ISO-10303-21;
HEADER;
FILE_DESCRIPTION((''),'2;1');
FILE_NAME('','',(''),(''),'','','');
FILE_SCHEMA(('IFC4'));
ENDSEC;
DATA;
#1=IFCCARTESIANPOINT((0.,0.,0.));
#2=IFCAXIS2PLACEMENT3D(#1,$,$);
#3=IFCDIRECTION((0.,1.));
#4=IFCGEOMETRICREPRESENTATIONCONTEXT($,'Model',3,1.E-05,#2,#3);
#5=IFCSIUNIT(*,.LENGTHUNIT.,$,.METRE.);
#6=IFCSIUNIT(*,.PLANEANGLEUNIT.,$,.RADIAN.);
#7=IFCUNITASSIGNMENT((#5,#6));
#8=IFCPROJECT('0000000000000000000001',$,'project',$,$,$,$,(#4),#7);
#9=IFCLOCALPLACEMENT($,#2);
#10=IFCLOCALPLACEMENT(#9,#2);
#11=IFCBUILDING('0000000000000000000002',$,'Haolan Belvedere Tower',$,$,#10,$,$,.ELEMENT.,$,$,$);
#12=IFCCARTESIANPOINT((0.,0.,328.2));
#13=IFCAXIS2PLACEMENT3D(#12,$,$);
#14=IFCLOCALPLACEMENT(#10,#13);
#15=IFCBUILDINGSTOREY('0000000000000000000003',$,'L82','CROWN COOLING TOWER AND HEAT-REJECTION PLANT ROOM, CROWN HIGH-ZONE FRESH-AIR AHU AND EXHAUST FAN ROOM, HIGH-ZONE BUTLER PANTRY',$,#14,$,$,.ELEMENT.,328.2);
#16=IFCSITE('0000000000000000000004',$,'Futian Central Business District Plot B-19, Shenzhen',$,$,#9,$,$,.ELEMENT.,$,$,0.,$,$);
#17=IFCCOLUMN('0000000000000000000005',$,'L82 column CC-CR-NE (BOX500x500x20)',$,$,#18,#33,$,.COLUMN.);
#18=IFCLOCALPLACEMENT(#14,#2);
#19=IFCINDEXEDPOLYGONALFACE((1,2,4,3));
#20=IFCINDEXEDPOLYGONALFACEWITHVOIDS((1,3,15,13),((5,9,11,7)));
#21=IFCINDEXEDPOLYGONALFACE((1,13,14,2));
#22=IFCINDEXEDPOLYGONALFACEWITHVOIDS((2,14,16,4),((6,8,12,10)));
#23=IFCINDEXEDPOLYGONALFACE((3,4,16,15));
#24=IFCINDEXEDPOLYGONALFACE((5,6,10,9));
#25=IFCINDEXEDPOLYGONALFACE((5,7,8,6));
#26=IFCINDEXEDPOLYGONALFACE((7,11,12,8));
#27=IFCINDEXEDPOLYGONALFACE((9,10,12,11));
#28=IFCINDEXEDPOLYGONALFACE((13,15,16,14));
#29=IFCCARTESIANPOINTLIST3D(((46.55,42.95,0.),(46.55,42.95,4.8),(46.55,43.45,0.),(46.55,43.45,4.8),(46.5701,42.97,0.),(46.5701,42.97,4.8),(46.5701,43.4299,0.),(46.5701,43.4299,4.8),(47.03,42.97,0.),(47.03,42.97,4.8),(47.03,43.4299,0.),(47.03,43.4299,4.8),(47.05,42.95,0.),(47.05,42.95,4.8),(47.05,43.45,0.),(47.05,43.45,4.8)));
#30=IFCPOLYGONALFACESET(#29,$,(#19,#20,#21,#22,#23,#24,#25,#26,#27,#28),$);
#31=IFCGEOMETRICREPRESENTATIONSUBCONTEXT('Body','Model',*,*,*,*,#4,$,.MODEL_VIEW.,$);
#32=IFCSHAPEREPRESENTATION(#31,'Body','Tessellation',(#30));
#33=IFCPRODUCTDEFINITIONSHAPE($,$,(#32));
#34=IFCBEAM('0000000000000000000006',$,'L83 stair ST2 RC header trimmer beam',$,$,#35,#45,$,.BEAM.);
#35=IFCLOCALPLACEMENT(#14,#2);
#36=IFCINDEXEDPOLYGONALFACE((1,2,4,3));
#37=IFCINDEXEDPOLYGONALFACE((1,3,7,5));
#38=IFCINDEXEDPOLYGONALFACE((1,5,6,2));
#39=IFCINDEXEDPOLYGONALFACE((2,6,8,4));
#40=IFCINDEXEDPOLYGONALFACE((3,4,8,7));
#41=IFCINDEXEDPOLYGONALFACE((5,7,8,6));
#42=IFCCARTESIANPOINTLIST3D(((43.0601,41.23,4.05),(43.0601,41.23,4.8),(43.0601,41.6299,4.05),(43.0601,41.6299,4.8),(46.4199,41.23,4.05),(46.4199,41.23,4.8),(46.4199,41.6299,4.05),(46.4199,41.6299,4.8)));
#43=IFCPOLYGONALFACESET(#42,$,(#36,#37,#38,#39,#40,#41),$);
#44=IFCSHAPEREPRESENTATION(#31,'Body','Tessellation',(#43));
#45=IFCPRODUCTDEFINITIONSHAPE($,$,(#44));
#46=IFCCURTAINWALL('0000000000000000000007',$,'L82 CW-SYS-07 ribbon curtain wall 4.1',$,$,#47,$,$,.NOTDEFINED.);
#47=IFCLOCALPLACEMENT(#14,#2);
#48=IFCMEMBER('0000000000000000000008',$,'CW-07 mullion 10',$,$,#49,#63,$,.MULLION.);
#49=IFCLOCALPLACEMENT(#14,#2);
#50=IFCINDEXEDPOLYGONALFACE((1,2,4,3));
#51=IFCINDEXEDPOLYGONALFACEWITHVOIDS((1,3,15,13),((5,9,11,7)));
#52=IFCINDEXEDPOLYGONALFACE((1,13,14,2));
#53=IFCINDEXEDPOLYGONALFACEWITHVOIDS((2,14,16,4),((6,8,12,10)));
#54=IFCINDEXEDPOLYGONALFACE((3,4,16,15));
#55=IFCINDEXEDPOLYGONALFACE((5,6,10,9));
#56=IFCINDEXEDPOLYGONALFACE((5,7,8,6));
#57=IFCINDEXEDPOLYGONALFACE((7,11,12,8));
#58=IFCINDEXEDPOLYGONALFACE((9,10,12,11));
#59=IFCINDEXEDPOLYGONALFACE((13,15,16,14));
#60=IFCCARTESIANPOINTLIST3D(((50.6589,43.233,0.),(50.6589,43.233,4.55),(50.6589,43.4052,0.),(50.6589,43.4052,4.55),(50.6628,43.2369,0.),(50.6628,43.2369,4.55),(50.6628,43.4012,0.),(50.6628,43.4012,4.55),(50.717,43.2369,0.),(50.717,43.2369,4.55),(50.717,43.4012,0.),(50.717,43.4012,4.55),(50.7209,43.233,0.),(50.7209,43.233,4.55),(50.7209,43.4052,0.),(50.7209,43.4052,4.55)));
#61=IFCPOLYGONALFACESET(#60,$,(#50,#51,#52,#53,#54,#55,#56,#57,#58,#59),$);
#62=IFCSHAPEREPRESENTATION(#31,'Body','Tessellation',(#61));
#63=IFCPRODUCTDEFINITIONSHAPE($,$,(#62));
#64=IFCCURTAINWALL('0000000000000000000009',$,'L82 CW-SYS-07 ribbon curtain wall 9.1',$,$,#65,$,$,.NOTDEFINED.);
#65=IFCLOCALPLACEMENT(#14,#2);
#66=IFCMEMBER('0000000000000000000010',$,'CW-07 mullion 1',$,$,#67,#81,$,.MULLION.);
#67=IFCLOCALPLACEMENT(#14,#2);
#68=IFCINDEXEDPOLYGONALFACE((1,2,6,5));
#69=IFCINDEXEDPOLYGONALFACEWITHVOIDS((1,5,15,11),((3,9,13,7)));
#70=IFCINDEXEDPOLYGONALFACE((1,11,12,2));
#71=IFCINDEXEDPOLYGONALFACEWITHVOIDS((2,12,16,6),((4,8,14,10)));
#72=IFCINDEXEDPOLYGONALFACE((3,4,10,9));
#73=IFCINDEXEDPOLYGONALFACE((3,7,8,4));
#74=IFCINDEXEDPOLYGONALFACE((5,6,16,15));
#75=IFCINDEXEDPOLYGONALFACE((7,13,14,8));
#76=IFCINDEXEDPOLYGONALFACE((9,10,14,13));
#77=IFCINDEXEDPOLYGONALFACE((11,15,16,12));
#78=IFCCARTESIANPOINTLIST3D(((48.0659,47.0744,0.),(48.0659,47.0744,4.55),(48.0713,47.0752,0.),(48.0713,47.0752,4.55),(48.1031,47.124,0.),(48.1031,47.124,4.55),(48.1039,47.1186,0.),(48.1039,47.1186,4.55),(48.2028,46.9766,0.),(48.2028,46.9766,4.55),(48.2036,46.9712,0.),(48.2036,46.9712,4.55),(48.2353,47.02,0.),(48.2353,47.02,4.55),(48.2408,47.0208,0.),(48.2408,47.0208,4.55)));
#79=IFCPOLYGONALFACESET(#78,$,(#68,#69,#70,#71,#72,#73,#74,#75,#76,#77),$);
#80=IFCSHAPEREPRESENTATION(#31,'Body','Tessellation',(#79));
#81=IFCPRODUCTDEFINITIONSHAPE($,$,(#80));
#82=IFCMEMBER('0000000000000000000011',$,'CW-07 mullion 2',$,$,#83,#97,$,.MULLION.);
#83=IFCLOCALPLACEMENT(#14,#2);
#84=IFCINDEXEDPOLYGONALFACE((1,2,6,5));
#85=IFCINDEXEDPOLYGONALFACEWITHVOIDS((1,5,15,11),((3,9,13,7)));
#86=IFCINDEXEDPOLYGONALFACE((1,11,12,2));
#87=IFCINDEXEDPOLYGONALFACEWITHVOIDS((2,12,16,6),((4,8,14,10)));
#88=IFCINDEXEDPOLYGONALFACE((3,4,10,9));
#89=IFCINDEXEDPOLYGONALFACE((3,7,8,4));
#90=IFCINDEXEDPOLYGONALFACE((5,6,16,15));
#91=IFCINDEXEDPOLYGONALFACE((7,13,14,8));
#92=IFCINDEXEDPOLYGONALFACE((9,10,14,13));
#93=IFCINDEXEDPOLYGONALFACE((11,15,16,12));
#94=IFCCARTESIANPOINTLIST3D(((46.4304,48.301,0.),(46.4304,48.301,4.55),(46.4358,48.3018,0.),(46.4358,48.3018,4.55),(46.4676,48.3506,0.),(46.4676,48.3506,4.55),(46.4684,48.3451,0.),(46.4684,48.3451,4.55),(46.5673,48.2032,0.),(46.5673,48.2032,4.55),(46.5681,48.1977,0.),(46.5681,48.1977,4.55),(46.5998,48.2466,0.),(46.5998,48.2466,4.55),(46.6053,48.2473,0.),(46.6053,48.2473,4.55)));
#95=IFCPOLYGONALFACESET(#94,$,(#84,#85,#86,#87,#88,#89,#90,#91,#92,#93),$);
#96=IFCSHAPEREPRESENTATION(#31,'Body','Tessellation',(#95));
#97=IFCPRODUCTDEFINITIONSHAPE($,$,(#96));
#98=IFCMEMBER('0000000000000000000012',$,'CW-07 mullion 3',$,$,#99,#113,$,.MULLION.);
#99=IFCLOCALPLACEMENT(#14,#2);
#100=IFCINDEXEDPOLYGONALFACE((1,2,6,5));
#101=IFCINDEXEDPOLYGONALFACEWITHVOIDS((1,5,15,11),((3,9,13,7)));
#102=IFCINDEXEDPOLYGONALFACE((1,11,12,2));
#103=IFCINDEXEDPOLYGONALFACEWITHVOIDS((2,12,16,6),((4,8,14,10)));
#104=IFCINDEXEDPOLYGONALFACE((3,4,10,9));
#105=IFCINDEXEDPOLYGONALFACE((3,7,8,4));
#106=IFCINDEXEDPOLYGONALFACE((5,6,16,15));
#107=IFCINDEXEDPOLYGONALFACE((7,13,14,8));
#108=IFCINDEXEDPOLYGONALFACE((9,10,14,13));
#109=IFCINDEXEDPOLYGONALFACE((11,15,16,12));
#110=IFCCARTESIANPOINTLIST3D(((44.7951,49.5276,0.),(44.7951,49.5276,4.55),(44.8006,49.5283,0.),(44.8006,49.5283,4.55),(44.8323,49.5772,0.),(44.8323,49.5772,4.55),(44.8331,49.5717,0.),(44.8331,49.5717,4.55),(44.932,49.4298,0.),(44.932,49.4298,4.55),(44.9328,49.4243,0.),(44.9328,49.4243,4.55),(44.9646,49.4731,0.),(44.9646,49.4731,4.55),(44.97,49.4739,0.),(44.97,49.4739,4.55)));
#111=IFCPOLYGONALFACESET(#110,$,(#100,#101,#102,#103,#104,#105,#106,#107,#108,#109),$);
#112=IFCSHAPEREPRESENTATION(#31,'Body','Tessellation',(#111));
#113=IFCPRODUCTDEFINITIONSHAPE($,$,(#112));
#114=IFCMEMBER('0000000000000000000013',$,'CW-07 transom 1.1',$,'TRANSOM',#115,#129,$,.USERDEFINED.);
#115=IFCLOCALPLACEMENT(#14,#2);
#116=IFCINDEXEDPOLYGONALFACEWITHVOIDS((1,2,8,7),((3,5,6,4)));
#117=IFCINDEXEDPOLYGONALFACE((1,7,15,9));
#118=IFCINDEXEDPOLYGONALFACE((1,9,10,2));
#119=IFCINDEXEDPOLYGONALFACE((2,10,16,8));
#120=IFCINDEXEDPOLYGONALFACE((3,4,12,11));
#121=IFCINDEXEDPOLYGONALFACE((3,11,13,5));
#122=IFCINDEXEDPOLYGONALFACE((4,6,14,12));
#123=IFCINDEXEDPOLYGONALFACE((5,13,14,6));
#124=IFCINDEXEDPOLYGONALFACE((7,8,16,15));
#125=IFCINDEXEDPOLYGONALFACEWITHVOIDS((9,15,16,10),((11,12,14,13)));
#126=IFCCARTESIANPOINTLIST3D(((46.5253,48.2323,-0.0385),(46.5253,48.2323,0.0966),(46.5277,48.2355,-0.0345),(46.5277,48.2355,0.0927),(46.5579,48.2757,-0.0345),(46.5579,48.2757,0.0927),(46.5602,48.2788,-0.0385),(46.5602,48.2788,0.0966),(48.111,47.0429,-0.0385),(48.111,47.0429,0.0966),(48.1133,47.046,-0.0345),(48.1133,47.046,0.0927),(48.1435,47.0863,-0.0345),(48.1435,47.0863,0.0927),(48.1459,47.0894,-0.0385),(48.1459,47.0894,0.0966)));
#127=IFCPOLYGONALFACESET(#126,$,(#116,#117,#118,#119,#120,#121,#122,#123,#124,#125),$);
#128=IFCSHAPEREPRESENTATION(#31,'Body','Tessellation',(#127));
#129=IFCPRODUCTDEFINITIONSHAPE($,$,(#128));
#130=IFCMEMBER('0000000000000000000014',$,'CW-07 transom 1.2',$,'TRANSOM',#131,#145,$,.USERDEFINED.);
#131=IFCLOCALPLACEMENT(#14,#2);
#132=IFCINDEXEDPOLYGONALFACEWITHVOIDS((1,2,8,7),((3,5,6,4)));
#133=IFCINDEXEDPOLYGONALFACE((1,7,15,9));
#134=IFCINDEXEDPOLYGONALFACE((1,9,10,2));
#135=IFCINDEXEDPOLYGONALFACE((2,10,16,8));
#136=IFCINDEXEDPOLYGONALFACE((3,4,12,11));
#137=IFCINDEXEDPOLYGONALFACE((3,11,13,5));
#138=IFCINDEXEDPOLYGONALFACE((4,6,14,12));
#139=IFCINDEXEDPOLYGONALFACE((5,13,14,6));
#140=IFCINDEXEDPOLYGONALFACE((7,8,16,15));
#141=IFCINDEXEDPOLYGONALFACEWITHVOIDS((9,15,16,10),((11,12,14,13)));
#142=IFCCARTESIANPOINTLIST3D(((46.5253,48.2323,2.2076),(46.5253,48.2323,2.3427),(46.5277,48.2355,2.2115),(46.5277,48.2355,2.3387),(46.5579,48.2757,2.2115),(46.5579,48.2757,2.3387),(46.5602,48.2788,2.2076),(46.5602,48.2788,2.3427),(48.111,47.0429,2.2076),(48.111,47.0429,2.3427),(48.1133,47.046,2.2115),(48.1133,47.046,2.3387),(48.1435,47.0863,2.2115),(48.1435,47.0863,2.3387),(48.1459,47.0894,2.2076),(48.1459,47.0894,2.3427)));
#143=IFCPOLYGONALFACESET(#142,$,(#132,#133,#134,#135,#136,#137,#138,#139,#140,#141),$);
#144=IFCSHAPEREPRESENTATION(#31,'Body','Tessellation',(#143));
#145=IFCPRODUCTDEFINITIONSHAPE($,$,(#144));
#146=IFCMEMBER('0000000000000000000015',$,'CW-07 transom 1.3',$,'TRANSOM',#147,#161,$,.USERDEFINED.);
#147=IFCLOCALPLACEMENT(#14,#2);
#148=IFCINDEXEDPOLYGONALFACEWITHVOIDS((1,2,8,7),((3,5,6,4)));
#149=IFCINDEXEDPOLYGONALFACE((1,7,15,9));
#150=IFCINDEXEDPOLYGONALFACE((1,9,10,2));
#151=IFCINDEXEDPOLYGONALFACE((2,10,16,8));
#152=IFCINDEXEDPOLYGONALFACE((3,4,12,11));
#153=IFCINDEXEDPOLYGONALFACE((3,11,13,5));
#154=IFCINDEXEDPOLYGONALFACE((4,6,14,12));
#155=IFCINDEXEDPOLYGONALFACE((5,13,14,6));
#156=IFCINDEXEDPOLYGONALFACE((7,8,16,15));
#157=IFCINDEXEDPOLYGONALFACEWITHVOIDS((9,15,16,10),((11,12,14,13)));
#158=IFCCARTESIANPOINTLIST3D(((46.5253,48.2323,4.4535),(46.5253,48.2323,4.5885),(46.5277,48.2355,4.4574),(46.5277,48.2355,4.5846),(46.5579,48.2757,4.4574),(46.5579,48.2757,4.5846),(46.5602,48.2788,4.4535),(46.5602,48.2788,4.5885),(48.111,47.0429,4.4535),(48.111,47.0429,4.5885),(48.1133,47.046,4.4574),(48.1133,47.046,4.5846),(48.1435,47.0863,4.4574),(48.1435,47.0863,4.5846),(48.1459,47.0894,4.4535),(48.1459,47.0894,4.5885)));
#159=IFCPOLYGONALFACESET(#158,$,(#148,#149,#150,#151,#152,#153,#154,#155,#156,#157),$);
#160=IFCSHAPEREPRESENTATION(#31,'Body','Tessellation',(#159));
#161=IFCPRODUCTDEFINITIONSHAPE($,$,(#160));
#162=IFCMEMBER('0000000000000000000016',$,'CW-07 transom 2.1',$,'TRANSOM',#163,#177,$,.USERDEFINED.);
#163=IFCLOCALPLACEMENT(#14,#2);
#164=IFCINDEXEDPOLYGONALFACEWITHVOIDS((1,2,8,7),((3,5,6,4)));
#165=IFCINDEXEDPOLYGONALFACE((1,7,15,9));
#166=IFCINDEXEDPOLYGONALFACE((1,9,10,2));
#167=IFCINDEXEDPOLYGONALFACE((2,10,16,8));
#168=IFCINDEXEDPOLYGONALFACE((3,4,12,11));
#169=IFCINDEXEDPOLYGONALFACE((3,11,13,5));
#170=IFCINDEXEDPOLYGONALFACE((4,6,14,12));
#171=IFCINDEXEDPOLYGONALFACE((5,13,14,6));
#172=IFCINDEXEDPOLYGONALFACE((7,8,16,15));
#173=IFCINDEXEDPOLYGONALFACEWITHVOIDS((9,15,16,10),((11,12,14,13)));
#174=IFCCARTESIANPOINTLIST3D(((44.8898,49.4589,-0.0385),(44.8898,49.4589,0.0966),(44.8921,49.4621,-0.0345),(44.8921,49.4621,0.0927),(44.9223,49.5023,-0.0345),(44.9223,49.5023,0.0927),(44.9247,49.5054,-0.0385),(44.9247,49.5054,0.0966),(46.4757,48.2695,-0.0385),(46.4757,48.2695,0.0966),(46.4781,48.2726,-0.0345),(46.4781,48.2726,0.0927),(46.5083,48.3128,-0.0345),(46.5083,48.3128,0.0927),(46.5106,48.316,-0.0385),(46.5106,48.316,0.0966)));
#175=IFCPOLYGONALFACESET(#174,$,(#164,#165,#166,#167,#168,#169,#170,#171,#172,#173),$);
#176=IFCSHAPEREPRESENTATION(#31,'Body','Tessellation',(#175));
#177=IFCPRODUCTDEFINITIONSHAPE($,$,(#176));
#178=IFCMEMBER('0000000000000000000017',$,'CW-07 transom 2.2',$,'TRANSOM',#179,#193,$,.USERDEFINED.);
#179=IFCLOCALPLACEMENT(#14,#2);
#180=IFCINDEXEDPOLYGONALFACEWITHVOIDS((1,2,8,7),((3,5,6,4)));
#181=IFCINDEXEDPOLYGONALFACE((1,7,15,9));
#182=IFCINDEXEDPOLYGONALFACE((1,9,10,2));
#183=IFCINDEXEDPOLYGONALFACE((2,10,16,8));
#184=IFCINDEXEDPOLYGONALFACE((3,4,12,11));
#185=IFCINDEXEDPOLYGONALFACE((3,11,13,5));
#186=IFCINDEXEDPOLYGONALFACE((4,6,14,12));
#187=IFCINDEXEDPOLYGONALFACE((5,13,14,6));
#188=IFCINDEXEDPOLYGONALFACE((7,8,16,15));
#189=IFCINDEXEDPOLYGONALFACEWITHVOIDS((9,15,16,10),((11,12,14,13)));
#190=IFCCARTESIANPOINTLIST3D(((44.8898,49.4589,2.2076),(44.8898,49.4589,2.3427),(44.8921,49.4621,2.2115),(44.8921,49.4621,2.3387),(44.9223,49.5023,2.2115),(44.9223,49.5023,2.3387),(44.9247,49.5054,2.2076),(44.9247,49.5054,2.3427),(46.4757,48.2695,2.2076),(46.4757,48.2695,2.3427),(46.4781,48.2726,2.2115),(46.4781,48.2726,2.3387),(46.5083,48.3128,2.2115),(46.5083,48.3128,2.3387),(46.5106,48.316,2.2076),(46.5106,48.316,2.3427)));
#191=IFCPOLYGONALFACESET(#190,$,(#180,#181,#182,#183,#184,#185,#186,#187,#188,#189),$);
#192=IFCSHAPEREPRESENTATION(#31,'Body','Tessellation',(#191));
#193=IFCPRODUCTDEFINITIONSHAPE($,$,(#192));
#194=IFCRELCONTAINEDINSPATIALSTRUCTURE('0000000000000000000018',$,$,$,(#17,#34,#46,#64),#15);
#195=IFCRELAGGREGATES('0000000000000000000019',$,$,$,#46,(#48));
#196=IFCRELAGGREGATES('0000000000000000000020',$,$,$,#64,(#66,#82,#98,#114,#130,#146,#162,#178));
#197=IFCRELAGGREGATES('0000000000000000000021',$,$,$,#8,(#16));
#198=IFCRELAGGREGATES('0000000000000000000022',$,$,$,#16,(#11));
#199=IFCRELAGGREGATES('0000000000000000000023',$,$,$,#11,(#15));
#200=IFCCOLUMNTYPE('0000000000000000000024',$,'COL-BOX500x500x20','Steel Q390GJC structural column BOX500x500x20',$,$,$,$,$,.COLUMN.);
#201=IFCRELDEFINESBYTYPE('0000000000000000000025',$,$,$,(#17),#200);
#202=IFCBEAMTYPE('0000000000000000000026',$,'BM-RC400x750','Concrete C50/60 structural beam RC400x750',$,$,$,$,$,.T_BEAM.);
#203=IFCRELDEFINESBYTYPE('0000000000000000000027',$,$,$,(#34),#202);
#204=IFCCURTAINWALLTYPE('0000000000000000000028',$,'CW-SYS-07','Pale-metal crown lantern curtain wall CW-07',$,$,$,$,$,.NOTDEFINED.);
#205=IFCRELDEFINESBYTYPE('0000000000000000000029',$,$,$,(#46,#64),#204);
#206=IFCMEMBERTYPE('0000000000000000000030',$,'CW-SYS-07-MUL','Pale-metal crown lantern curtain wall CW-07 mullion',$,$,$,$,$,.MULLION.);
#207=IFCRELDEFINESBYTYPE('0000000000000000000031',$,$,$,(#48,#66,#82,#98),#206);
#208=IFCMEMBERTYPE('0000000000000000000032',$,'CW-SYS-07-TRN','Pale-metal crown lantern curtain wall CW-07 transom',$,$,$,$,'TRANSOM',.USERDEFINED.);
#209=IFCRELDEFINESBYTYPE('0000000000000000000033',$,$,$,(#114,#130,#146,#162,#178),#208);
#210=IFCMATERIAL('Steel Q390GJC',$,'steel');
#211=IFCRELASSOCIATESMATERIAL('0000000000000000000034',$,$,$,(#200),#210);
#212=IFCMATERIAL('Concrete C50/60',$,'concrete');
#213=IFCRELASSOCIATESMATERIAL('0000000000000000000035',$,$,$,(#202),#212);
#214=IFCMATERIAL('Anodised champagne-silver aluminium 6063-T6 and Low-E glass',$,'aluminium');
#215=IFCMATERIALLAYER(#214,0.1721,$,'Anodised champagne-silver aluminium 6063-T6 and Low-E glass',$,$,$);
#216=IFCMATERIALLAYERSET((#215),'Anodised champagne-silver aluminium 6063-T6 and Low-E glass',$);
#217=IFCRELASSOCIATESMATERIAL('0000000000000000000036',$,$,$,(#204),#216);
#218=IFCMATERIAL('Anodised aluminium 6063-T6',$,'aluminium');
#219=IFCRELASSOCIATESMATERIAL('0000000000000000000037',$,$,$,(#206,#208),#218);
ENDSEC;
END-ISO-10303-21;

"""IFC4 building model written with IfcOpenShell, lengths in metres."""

from ifc_helpers import new_model, si_unit, direction, frame, origin, origin_2d, place, context, subcontext, project, spatial, rectangle, hollow_rectangle, extrude, material, layer, layer_set, material_profile, profile_set, type_object, element, aggregate, save


model = new_model("IFC4")

# Units and contexts
model_context = context("Model", 3, precision=1e-05, world=origin(), true_north=direction((0.0, 1.0)))
body_context = subcontext(model_context, "Body", "Model", "MODEL_VIEW")
ifc_project = project(units=[si_unit("LENGTHUNIT", "METRE"), si_unit("PLANEANGLEUNIT", "RADIAN")], contexts=[model_context])

# Site, building, storey
site_placement = place(None, origin())
site = spatial("IfcSite", under=ifc_project, at=site_placement, Name="Futian Central Business District Plot B-19, Shenzhen", CompositionType="ELEMENT", RefElevation=0.0)
building_placement = place(site_placement, origin())
building = spatial("IfcBuilding", under=site, at=building_placement, Name="Haolan Belvedere Tower", CompositionType="ELEMENT")
storey_placement = place(building_placement, frame((0.0, 0.0, 328.2)))
storey = spatial("IfcBuildingStorey", under=building, at=storey_placement, Name="L82", Description="CROWN COOLING TOWER AND HEAT-REJECTION PLANT ROOM, CROWN HIGH-ZONE FRESH-AIR AHU AND EXHAUST FAN ROOM, HIGH-ZONE BUTLER PANTRY", CompositionType="ELEMENT", Elevation=328.2)

# Column
ifc_material_1 = material(Name="Steel Q390GJC", Category="steel")
ifc_material_profile_1 = material_profile(ifc_material_1, hollow_rectangle(XDim=0.5, YDim=0.5, WallThickness=0.02, at=origin_2d()), Name="Steel Q390GJC")
ifc_profile_set_1 = profile_set([ifc_material_profile_1], Name="Steel Q390GJC")
column_type = type_object("IfcColumnType", Name="COL-BOX500x500x20", Description="Steel Q390GJC structural column BOX500x500x20", PredefinedType="COLUMN", material=ifc_profile_set_1)
column_placement = place(storey_placement, frame((46.8, 43.2, 0.0), z_axis=(0.0, 0.0, 1.0), x_axis=(1.0, 0.0, 0.0)))
element("IfcColumn", 1, at=column_placement, inside=storey, type_object=column_type, Name="L82 column CC-CR-NE (BOX500x500x20)", PredefinedType="COLUMN", context=body_context, shape_type="SweptSolid", body=[
    extrude(hollow_rectangle(XDim=0.5, YDim=0.5, WallThickness=0.02, at=origin_2d()), origin(), (0.0, 0.0, 1.0), 4.8),
])

# Beam
ifc_material_2 = material(Name="Concrete C50/60", Category="concrete")
ifc_material_profile_2 = material_profile(ifc_material_2, rectangle(XDim=0.3999, YDim=0.75, at=origin_2d()), Name="Concrete C50/60")
ifc_profile_set_2 = profile_set([ifc_material_profile_2], Name="Concrete C50/60")
beam_type = type_object("IfcBeamType", Name="BM-RC400x750", Description="Concrete C50/60 structural beam RC400x750", PredefinedType="T_BEAM", material=ifc_profile_set_2)
beam_placement = place(storey_placement, frame((43.0601, 41.4299, 4.425), z_axis=(1.0, 0.0, 0.0), x_axis=(0.0, 1.0, 0.0)))
element("IfcBeam", 2, at=beam_placement, inside=storey, type_object=beam_type, Name="L83 stair ST2 RC header trimmer beam", PredefinedType="BEAM", context=body_context, shape_type="SweptSolid", body=[
    extrude(rectangle(XDim=0.3999, YDim=0.75, at=origin_2d()), origin(), (0.0, 0.0, 1.0), 3.3599),
])

# Curtain wall, member
ifc_material_3 = material(Name="Anodised champagne-silver aluminium 6063-T6 and Low-E glass", Category="aluminium")
ifc_layer_1 = layer(ifc_material_3, 0.1721, Name="Anodised champagne-silver aluminium 6063-T6 and Low-E glass")
ifc_layer_set_1 = layer_set([ifc_layer_1], Name="Anodised champagne-silver aluminium 6063-T6 and Low-E glass")
curtain_wall_type = type_object("IfcCurtainWallType", Name="CW-SYS-07", Description="Pale-metal crown lantern curtain wall CW-07", PredefinedType="NOTDEFINED", material=ifc_layer_set_1)
curtain_wall_1_placement = place(storey_placement, origin())
curtain_wall_1 = element("IfcCurtainWall", 3, at=curtain_wall_1_placement, inside=storey, type_object=curtain_wall_type, Name="L82 CW-SYS-07 ribbon curtain wall 4.1", PredefinedType="NOTDEFINED")
ifc_material_4 = material(Name="Anodised aluminium 6063-T6", Category="aluminium")
ifc_material_profile_3 = material_profile(ifc_material_4, hollow_rectangle(XDim=0.062, YDim=0.1721, WallThickness=0.0039, at=origin_2d()), Name="Anodised aluminium 6063-T6")
ifc_profile_set_3 = profile_set([ifc_material_profile_3], Name="Anodised aluminium 6063-T6")
member_type_1 = type_object("IfcMemberType", Name="CW-SYS-07-MUL", Description="Pale-metal crown lantern curtain wall CW-07 mullion", PredefinedType="MULLION", material=ifc_profile_set_3)
member_1_placement = place(storey_placement, frame((50.6899, 43.3191, 0.0), z_axis=(0.0, 0.0, 1.0), x_axis=(-1.0, 0.0, 0.0)))
member_1 = element("IfcMember", 4, at=member_1_placement, type_object=member_type_1, Name="CW-07 mullion 10", PredefinedType="MULLION", context=body_context, shape_type="SweptSolid", body=[
    extrude(hollow_rectangle(XDim=0.062, YDim=0.1721, WallThickness=0.0039, at=origin_2d()), origin(), (0.0, 0.0, 1.0), 4.55),
])

# Curtain wall, members
curtain_wall_2_placement = place(storey_placement, origin())
curtain_wall_2 = element("IfcCurtainWall", 5, at=curtain_wall_2_placement, inside=storey, type_object=curtain_wall_type, Name="L82 CW-SYS-07 ribbon curtain wall 9.1", PredefinedType="NOTDEFINED")
member_2_placement = place(storey_placement, frame((48.1533, 47.0476, 0.0), z_axis=(0.0, 0.0, 1.0), x_axis=(-0.600012, -0.799991, 0.0)))
member_2 = element("IfcMember", 6, at=member_2_placement, type_object=member_type_1, Name="CW-07 mullion 1", PredefinedType="MULLION", context=body_context, shape_type="SweptSolid", body=[
    extrude(hollow_rectangle(XDim=0.062, YDim=0.1721, WallThickness=0.0039, at=origin_2d()), origin(), (0.0, 0.0, 1.0), 4.55),
])
member_3_placement = place(storey_placement, frame((46.5178, 48.2742, 0.0), z_axis=(0.0, 0.0, 1.0), x_axis=(-0.600012, -0.799991, 0.0)))
member_3 = element("IfcMember", 7, at=member_3_placement, type_object=member_type_1, Name="CW-07 mullion 2", PredefinedType="MULLION", context=body_context, shape_type="SweptSolid", body=[
    extrude(hollow_rectangle(XDim=0.062, YDim=0.1721, WallThickness=0.0039, at=origin_2d()), origin(), (0.0, 0.0, 1.0), 4.55),
])
member_4_placement = place(storey_placement, frame((44.8826, 49.5007, 0.0), z_axis=(0.0, 0.0, 1.0), x_axis=(-0.600012, -0.799991, 0.0)))
member_4 = element("IfcMember", 8, at=member_4_placement, type_object=member_type_1, Name="CW-07 mullion 3", PredefinedType="MULLION", context=body_context, shape_type="SweptSolid", body=[
    extrude(hollow_rectangle(XDim=0.062, YDim=0.1721, WallThickness=0.0039, at=origin_2d()), origin(), (0.0, 0.0, 1.0), 4.55),
])
ifc_material_profile_4 = material_profile(ifc_material_4, hollow_rectangle(XDim=0.0581, YDim=0.135, WallThickness=0.0039, at=origin_2d()), Name="Anodised aluminium 6063-T6")
ifc_profile_set_4 = profile_set([ifc_material_profile_4], Name="Anodised aluminium 6063-T6")
member_type_2 = type_object("IfcMemberType", Name="CW-SYS-07-TRN", Description="Pale-metal crown lantern curtain wall CW-07 transom", ElementType="TRANSOM", PredefinedType="USERDEFINED", material=ifc_profile_set_4)
member_5_placement = place(storey_placement, frame((48.1284, 47.0662, 0.0291), z_axis=(-0.799956, 0.600059, 0.0), x_axis=(-0.600059, -0.799956, 0.0)))
member_5 = element("IfcMember", 9, at=member_5_placement, type_object=member_type_2, Name="CW-07 transom 1.1", ObjectType="TRANSOM", PredefinedType="USERDEFINED", context=body_context, shape_type="SweptSolid", body=[
    extrude(hollow_rectangle(XDim=0.0581, YDim=0.135, WallThickness=0.0039, at=origin_2d()), origin(), (0.0, 0.0, 1.0), 1.9822),
])
member_6_placement = place(storey_placement, frame((48.1284, 47.0662, 2.2751), z_axis=(-0.799956, 0.600059, 0.0), x_axis=(-0.600059, -0.799956, 0.0)))
member_6 = element("IfcMember", 10, at=member_6_placement, type_object=member_type_2, Name="CW-07 transom 1.2", ObjectType="TRANSOM", PredefinedType="USERDEFINED", context=body_context, shape_type="SweptSolid", body=[
    extrude(hollow_rectangle(XDim=0.0581, YDim=0.135, WallThickness=0.0039, at=origin_2d()), origin(), (0.0, 0.0, 1.0), 1.9822),
])
member_7_placement = place(storey_placement, frame((48.1284, 47.0662, 4.521), z_axis=(-0.799956, 0.600059, 0.0), x_axis=(-0.600059, -0.799956, 0.0)))
member_7 = element("IfcMember", 11, at=member_7_placement, type_object=member_type_2, Name="CW-07 transom 1.3", ObjectType="TRANSOM", PredefinedType="USERDEFINED", context=body_context, shape_type="SweptSolid", body=[
    extrude(hollow_rectangle(XDim=0.0581, YDim=0.135, WallThickness=0.0039, at=origin_2d()), origin(), (0.0, 0.0, 1.0), 1.9822),
])
member_8_placement = place(storey_placement, frame((46.4932, 48.2927, 0.0291), z_axis=(-0.8, 0.6, 0.0), x_axis=(-0.6, -0.8, 0.0)))
member_8 = element("IfcMember", 12, at=member_8_placement, type_object=member_type_2, Name="CW-07 transom 2.1", ObjectType="TRANSOM", PredefinedType="USERDEFINED", context=body_context, shape_type="SweptSolid", body=[
    extrude(hollow_rectangle(XDim=0.0581, YDim=0.135, WallThickness=0.0039, at=origin_2d()), origin(), (0.0, 0.0, 1.0), 1.9824),
])
member_9_placement = place(storey_placement, frame((46.4932, 48.2927, 2.2751), z_axis=(-0.8, 0.6, 0.0), x_axis=(-0.6, -0.8, 0.0)))
member_9 = element("IfcMember", 13, at=member_9_placement, type_object=member_type_2, Name="CW-07 transom 2.2", ObjectType="TRANSOM", PredefinedType="USERDEFINED", context=body_context, shape_type="SweptSolid", body=[
    extrude(hollow_rectangle(XDim=0.0581, YDim=0.135, WallThickness=0.0039, at=origin_2d()), origin(), (0.0, 0.0, 1.0), 1.9824),
])

aggregate(curtain_wall_1, [member_1])
aggregate(curtain_wall_2, [member_2, member_3, member_4, member_5, member_6, member_7, member_8, member_9])

save(model, "model.ifc")
